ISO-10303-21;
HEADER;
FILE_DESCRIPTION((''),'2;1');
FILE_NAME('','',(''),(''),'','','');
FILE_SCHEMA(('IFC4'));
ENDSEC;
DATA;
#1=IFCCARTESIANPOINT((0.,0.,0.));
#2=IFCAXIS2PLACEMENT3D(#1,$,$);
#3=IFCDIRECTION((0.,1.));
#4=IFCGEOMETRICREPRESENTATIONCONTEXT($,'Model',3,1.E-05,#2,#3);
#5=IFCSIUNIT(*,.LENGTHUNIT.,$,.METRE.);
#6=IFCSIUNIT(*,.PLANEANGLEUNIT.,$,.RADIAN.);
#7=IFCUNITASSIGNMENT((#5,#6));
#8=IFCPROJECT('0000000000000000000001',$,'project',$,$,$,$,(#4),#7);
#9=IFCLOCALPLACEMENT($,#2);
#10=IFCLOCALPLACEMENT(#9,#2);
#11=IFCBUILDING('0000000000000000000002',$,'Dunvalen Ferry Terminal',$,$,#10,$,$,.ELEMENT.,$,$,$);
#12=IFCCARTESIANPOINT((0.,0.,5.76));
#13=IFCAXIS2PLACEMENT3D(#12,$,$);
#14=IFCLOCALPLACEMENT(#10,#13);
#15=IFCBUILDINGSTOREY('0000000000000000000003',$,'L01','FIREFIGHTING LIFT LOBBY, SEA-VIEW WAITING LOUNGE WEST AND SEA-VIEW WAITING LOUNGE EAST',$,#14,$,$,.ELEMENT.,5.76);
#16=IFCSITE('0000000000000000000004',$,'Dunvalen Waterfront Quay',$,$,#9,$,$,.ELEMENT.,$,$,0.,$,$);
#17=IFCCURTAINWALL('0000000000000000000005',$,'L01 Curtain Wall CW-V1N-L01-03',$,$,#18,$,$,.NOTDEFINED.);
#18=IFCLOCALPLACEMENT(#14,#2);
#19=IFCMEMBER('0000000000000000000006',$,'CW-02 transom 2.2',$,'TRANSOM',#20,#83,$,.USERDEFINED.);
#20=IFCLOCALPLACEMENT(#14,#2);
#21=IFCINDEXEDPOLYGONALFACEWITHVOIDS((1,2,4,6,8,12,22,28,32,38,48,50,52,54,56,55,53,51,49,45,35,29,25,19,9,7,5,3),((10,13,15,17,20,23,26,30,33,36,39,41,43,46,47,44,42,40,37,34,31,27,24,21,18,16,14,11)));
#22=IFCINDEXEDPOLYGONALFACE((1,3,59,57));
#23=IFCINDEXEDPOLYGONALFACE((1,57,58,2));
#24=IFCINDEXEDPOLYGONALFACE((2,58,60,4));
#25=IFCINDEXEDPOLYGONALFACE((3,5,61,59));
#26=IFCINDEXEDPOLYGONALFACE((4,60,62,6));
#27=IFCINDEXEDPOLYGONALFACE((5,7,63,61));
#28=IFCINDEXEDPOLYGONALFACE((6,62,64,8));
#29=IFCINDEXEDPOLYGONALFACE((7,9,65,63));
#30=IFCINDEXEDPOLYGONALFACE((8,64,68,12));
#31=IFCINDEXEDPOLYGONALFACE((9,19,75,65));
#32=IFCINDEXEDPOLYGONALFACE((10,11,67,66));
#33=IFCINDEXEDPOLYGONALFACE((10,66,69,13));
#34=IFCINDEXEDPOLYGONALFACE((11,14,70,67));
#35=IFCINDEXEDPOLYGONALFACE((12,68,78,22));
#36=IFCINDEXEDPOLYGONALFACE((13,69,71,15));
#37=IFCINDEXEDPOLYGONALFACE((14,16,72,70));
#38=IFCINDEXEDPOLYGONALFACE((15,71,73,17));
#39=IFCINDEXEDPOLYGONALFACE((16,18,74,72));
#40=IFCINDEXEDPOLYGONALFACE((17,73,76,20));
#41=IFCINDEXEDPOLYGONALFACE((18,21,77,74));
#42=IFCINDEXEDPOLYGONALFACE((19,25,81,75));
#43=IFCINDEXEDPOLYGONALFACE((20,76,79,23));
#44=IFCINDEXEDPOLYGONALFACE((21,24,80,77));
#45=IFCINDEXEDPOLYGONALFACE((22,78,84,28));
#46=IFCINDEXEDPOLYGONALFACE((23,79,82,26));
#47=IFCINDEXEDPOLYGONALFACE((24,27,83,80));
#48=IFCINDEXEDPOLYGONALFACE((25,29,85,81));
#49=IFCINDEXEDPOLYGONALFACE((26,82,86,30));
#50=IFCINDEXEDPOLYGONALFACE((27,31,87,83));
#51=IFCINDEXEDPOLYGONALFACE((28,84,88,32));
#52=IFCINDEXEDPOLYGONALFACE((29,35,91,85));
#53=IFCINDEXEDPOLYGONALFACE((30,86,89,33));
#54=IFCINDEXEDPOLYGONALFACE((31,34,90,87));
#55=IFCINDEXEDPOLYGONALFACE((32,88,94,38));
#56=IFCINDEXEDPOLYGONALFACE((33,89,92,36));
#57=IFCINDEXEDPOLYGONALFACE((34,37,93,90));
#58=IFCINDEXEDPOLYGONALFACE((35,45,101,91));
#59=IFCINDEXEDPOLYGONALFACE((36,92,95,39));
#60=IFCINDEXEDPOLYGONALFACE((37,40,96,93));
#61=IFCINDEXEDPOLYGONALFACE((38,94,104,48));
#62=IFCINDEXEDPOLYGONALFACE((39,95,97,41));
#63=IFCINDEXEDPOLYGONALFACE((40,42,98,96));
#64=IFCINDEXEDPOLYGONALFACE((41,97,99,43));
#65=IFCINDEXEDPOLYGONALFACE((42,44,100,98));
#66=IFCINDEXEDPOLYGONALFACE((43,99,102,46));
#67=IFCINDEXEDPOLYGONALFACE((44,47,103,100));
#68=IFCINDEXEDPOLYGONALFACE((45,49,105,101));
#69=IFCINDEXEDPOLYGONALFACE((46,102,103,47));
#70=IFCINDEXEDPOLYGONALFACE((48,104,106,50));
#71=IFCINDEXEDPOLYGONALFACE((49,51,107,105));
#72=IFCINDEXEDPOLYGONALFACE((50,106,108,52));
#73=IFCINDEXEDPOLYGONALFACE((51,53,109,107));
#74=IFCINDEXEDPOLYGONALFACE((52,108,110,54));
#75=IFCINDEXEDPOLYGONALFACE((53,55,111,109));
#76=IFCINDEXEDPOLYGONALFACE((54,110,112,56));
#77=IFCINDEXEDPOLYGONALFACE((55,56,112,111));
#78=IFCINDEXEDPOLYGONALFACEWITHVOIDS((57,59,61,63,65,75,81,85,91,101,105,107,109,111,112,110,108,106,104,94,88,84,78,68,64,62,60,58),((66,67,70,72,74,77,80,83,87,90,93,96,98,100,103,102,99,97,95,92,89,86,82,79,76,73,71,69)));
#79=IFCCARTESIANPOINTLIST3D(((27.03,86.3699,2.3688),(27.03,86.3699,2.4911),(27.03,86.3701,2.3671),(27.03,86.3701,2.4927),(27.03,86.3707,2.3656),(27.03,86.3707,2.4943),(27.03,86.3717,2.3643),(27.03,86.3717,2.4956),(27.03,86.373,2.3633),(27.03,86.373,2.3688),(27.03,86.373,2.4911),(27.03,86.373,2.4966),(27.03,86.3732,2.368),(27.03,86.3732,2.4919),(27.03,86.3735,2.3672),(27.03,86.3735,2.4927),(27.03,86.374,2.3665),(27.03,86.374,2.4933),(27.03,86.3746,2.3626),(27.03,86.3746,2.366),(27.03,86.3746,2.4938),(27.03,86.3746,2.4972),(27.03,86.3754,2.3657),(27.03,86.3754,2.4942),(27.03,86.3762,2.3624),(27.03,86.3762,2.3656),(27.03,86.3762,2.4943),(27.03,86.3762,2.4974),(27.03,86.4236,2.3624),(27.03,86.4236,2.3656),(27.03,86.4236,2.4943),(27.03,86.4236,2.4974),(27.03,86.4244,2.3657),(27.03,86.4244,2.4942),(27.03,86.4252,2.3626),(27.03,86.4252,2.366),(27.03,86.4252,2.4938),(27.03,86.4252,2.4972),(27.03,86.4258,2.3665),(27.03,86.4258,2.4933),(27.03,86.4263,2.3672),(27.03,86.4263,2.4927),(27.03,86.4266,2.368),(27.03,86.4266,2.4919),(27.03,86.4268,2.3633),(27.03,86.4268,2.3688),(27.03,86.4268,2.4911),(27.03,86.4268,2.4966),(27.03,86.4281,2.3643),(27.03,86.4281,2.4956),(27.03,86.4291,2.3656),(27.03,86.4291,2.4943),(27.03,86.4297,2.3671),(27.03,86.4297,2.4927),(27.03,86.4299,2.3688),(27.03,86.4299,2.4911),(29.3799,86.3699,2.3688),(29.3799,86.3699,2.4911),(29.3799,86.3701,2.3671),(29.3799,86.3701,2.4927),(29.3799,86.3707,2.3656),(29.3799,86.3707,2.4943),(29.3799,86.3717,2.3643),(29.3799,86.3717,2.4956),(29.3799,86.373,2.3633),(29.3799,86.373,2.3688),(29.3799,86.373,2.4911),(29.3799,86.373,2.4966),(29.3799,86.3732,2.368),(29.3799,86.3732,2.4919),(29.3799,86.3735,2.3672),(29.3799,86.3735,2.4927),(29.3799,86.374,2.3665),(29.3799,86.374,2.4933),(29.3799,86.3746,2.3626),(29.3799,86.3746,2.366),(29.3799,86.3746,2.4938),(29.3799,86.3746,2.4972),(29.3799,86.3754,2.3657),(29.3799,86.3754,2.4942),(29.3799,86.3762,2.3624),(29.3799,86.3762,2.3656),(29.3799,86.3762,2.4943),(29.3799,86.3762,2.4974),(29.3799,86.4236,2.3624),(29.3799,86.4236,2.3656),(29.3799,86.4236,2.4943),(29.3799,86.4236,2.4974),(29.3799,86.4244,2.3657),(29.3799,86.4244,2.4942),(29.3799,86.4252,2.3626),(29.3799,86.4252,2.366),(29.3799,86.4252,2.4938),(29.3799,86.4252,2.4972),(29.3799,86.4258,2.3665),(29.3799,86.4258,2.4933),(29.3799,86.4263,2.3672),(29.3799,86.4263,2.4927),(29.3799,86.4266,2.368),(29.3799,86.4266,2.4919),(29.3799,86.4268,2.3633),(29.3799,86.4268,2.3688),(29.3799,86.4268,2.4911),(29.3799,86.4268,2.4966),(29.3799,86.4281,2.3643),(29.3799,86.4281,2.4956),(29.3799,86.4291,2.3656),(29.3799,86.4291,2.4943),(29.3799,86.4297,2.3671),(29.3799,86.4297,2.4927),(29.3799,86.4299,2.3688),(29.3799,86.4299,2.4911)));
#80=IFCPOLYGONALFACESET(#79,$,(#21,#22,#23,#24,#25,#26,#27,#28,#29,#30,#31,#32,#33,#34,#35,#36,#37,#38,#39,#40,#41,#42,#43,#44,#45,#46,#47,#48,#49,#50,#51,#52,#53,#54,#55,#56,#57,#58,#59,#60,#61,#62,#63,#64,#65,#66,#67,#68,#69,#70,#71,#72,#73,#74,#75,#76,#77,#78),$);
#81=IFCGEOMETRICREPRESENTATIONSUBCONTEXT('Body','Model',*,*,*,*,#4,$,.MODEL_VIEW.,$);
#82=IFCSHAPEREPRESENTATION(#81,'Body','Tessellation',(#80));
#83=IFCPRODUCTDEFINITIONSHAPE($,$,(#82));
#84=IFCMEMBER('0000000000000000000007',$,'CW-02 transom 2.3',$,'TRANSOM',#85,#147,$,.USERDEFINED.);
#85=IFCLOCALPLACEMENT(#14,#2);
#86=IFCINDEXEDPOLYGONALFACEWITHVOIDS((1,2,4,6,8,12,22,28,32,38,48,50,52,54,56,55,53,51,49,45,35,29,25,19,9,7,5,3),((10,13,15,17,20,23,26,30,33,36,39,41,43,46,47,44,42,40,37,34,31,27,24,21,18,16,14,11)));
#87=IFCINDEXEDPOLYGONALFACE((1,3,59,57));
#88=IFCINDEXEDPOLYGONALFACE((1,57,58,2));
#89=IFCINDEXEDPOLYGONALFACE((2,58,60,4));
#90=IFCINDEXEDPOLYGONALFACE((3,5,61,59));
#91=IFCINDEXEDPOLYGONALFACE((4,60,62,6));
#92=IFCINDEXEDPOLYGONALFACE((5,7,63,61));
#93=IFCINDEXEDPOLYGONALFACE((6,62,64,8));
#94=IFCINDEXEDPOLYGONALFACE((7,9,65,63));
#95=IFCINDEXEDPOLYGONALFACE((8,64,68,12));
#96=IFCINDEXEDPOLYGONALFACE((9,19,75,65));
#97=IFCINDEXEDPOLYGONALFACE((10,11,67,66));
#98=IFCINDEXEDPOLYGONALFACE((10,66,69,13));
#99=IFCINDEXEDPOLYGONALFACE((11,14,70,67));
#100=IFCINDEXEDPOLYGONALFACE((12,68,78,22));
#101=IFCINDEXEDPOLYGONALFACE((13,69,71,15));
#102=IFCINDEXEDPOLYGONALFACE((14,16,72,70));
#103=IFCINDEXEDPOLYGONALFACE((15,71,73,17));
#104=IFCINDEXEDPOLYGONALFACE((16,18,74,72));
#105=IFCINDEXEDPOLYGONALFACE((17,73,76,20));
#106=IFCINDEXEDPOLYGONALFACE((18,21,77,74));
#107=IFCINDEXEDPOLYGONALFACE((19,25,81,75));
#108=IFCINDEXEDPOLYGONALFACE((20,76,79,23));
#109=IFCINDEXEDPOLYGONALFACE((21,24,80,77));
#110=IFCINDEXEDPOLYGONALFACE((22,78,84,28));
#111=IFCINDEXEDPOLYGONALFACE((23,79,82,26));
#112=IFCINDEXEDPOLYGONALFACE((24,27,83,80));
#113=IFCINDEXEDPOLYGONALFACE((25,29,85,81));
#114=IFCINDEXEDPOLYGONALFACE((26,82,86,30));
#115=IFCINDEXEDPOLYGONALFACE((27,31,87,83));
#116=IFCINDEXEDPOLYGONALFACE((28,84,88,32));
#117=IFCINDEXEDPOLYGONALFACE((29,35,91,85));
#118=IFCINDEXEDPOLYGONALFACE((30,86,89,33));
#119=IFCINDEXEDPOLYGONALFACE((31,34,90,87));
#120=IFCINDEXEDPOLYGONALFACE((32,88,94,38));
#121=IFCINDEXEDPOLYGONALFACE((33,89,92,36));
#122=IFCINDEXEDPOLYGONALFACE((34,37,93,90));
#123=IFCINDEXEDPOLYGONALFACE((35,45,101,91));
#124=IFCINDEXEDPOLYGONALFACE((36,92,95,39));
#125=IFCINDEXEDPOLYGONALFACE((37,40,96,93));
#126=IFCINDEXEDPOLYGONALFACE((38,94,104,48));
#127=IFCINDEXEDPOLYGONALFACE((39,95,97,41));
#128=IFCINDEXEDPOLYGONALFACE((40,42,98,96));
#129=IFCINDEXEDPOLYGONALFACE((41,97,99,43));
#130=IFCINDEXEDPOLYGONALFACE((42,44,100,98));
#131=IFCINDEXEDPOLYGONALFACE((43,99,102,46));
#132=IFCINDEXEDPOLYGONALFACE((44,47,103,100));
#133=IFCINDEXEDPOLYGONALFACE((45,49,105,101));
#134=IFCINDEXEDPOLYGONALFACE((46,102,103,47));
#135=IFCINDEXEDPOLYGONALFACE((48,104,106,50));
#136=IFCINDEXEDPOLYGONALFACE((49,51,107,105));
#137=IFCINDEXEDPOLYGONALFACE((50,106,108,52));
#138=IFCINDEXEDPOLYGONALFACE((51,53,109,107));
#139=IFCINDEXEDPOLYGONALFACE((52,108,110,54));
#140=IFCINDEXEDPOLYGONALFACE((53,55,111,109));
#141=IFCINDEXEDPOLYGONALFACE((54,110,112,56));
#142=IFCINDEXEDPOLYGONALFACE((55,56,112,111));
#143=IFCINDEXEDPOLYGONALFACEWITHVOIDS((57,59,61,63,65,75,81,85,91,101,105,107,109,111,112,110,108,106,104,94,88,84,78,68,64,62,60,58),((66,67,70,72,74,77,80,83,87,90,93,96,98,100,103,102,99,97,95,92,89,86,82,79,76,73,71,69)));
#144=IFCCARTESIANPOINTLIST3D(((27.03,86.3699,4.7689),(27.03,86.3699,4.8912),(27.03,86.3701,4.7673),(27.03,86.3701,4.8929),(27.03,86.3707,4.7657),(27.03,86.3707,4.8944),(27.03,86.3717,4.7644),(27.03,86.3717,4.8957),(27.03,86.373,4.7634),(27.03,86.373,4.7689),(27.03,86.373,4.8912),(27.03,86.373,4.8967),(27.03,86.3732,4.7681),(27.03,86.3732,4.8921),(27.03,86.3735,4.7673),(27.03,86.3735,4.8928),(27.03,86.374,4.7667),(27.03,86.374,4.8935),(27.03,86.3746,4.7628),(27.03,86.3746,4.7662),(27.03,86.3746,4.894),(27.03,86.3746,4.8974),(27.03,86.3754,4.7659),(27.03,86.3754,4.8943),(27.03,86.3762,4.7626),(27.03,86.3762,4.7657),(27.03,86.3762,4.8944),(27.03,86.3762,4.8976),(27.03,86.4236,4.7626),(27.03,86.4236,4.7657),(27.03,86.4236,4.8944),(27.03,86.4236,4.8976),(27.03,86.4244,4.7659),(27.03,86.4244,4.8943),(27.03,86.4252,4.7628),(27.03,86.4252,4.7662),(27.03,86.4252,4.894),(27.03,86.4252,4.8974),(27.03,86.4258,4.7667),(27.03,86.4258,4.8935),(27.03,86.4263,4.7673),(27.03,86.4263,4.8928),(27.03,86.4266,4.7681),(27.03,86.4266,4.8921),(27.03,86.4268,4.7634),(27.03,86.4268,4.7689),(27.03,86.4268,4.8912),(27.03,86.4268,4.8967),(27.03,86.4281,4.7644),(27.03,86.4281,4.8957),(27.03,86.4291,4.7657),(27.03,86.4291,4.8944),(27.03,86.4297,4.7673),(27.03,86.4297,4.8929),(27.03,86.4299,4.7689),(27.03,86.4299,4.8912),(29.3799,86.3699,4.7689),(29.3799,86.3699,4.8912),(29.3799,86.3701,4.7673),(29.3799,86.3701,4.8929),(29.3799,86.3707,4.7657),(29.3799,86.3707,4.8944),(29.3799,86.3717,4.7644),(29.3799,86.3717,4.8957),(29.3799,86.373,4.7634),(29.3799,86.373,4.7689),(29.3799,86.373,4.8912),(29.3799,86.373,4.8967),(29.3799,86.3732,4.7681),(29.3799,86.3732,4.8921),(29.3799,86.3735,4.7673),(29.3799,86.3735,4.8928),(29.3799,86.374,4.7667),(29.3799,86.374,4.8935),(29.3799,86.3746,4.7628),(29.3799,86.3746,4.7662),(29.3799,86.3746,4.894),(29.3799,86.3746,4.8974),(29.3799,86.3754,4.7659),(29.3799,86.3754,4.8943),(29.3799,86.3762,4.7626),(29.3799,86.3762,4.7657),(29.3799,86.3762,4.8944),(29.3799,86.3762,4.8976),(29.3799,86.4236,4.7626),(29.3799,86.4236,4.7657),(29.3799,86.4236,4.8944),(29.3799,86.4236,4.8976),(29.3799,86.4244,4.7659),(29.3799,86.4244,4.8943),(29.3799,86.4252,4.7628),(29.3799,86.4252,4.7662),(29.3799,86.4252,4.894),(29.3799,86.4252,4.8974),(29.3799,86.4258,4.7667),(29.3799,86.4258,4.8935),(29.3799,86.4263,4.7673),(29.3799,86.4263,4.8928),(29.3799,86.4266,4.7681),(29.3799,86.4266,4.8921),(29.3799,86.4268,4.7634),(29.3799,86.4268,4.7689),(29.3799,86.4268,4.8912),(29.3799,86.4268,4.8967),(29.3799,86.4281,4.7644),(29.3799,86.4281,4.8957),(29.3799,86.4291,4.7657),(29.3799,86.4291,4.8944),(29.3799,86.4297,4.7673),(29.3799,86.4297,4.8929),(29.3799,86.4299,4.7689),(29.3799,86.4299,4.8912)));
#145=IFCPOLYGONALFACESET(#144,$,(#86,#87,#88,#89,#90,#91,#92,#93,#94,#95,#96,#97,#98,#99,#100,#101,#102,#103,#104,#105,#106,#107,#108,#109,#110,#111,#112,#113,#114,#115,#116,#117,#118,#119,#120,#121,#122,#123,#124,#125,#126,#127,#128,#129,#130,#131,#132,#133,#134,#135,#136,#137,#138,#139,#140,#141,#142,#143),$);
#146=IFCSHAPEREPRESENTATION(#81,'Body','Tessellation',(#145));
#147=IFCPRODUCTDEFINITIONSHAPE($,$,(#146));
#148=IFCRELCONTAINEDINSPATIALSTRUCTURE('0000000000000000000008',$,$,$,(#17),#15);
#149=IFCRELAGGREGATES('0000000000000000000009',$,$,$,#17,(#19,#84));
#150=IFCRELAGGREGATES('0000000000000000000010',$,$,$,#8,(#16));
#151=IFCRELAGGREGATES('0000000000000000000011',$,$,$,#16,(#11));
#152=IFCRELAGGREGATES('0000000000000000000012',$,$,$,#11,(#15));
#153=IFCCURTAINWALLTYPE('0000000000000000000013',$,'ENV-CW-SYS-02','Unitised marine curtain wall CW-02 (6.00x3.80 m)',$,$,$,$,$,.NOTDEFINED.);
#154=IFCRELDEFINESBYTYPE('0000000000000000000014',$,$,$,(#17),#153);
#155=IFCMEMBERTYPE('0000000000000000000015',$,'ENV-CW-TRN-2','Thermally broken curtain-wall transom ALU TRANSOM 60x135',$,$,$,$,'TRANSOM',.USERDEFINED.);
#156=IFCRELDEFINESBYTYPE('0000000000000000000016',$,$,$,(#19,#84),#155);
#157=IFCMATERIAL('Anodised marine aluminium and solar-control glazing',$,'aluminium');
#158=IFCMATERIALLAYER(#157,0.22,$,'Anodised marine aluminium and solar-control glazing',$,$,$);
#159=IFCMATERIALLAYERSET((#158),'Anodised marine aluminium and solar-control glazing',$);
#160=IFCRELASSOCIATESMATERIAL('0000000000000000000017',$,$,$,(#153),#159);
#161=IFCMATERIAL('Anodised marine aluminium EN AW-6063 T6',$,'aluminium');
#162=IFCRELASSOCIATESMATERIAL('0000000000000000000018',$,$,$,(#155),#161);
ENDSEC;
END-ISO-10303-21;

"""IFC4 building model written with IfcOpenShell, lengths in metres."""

from ifc_helpers import new_model, si_unit, direction, frame, origin, origin_2d, place, context, subcontext, project, spatial, hollow_rectangle, extrude, material, layer, layer_set, material_profile, profile_set, type_object, element, aggregate, save


model = new_model("IFC4")

# Units and contexts
model_context = context("Model", 3, precision=1e-05, world=origin(), true_north=direction((0.0, 1.0)))
body_context = subcontext(model_context, "Body", "Model", "MODEL_VIEW")
ifc_project = project(units=[si_unit("LENGTHUNIT", "METRE"), si_unit("PLANEANGLEUNIT", "RADIAN")], contexts=[model_context])

# Site, building, storey
site_placement = place(None, origin())
site = spatial("IfcSite", under=ifc_project, at=site_placement, Name="Dunvalen Waterfront Quay", CompositionType="ELEMENT", RefElevation=0.0)
building_placement = place(site_placement, origin())
building = spatial("IfcBuilding", under=site, at=building_placement, Name="Dunvalen Ferry Terminal", CompositionType="ELEMENT")
storey_placement = place(building_placement, frame((0.0, 0.0, 5.76)))
storey = spatial("IfcBuildingStorey", under=building, at=storey_placement, Name="L01", Description="FIREFIGHTING LIFT LOBBY, SEA-VIEW WAITING LOUNGE WEST AND SEA-VIEW WAITING LOUNGE EAST", CompositionType="ELEMENT", Elevation=5.76)

# Curtain wall
ifc_material_1 = material(Name="Anodised marine aluminium and solar-control glazing", Category="aluminium")
ifc_layer_1 = layer(ifc_material_1, 0.22, Name="Anodised marine aluminium and solar-control glazing")
ifc_layer_set_1 = layer_set([ifc_layer_1], Name="Anodised marine aluminium and solar-control glazing")
curtain_wall_type_1 = type_object("IfcCurtainWallType", Name="ENV-CW-SYS-02", Description="Unitised marine curtain wall CW-02 (6.00x3.80 m)", PredefinedType="NOTDEFINED", material=ifc_layer_set_1)
curtain_wall_1_placement = place(storey_placement, origin())
curtain_wall_1 = element("IfcCurtainWall", 1, at=curtain_wall_1_placement, inside=storey, type_object=curtain_wall_type_1, Name="L01 Curtain Wall CW-V1N-L01-03", PredefinedType="NOTDEFINED")
ifc_material_2 = material(Name="Anodised marine aluminium EN AW-6063 T6", Category="aluminium")

# Members
ifc_material_profile_1 = material_profile(ifc_material_2, hollow_rectangle(XDim=0.0601, YDim=0.135, WallThickness=0.0032, InnerFilletRadius=0.0032, OuterFilletRadius=0.0063, at=origin_2d()), Name="Anodised marine aluminium EN AW-6063 T6")
ifc_profile_set_1 = profile_set([ifc_material_profile_1], Name="Anodised marine aluminium EN AW-6063 T6")
member_type_1 = type_object("IfcMemberType", Name="ENV-CW-TRN-2", Description="Thermally broken curtain-wall transom ALU TRANSOM 60x135", ElementType="TRANSOM", PredefinedType="USERDEFINED", material=ifc_profile_set_1)
member_1_placement = place(storey_placement, frame((27.03, 86.3999, 2.4299), z_axis=(1.0, 0.0, 0.0), x_axis=(0.0, 1.0, 0.0)))
member_1 = element("IfcMember", 2, at=member_1_placement, type_object=member_type_1, Name="CW-02 transom 2.2", ObjectType="TRANSOM", PredefinedType="USERDEFINED", context=body_context, shape_type="SweptSolid", body=[
    extrude(hollow_rectangle(XDim=0.0601, YDim=0.135, WallThickness=0.0032, InnerFilletRadius=0.0032, OuterFilletRadius=0.0063, at=origin_2d()), origin(), (0.0, 0.0, 1.0), 2.3499),
])
member_2_placement = place(storey_placement, frame((27.03, 86.3999, 4.8301), z_axis=(1.0, 0.0, 0.0), x_axis=(0.0, 1.0, 0.0)))
member_2 = element("IfcMember", 3, at=member_2_placement, type_object=member_type_1, Name="CW-02 transom 2.3", ObjectType="TRANSOM", PredefinedType="USERDEFINED", context=body_context, shape_type="SweptSolid", body=[
    extrude(hollow_rectangle(XDim=0.0601, YDim=0.135, WallThickness=0.0032, InnerFilletRadius=0.0032, OuterFilletRadius=0.0063, at=origin_2d()), origin(), (0.0, 0.0, 1.0), 2.3499),
])

aggregate(curtain_wall_1, [member_1, member_2])

save(model, "model.ifc")
